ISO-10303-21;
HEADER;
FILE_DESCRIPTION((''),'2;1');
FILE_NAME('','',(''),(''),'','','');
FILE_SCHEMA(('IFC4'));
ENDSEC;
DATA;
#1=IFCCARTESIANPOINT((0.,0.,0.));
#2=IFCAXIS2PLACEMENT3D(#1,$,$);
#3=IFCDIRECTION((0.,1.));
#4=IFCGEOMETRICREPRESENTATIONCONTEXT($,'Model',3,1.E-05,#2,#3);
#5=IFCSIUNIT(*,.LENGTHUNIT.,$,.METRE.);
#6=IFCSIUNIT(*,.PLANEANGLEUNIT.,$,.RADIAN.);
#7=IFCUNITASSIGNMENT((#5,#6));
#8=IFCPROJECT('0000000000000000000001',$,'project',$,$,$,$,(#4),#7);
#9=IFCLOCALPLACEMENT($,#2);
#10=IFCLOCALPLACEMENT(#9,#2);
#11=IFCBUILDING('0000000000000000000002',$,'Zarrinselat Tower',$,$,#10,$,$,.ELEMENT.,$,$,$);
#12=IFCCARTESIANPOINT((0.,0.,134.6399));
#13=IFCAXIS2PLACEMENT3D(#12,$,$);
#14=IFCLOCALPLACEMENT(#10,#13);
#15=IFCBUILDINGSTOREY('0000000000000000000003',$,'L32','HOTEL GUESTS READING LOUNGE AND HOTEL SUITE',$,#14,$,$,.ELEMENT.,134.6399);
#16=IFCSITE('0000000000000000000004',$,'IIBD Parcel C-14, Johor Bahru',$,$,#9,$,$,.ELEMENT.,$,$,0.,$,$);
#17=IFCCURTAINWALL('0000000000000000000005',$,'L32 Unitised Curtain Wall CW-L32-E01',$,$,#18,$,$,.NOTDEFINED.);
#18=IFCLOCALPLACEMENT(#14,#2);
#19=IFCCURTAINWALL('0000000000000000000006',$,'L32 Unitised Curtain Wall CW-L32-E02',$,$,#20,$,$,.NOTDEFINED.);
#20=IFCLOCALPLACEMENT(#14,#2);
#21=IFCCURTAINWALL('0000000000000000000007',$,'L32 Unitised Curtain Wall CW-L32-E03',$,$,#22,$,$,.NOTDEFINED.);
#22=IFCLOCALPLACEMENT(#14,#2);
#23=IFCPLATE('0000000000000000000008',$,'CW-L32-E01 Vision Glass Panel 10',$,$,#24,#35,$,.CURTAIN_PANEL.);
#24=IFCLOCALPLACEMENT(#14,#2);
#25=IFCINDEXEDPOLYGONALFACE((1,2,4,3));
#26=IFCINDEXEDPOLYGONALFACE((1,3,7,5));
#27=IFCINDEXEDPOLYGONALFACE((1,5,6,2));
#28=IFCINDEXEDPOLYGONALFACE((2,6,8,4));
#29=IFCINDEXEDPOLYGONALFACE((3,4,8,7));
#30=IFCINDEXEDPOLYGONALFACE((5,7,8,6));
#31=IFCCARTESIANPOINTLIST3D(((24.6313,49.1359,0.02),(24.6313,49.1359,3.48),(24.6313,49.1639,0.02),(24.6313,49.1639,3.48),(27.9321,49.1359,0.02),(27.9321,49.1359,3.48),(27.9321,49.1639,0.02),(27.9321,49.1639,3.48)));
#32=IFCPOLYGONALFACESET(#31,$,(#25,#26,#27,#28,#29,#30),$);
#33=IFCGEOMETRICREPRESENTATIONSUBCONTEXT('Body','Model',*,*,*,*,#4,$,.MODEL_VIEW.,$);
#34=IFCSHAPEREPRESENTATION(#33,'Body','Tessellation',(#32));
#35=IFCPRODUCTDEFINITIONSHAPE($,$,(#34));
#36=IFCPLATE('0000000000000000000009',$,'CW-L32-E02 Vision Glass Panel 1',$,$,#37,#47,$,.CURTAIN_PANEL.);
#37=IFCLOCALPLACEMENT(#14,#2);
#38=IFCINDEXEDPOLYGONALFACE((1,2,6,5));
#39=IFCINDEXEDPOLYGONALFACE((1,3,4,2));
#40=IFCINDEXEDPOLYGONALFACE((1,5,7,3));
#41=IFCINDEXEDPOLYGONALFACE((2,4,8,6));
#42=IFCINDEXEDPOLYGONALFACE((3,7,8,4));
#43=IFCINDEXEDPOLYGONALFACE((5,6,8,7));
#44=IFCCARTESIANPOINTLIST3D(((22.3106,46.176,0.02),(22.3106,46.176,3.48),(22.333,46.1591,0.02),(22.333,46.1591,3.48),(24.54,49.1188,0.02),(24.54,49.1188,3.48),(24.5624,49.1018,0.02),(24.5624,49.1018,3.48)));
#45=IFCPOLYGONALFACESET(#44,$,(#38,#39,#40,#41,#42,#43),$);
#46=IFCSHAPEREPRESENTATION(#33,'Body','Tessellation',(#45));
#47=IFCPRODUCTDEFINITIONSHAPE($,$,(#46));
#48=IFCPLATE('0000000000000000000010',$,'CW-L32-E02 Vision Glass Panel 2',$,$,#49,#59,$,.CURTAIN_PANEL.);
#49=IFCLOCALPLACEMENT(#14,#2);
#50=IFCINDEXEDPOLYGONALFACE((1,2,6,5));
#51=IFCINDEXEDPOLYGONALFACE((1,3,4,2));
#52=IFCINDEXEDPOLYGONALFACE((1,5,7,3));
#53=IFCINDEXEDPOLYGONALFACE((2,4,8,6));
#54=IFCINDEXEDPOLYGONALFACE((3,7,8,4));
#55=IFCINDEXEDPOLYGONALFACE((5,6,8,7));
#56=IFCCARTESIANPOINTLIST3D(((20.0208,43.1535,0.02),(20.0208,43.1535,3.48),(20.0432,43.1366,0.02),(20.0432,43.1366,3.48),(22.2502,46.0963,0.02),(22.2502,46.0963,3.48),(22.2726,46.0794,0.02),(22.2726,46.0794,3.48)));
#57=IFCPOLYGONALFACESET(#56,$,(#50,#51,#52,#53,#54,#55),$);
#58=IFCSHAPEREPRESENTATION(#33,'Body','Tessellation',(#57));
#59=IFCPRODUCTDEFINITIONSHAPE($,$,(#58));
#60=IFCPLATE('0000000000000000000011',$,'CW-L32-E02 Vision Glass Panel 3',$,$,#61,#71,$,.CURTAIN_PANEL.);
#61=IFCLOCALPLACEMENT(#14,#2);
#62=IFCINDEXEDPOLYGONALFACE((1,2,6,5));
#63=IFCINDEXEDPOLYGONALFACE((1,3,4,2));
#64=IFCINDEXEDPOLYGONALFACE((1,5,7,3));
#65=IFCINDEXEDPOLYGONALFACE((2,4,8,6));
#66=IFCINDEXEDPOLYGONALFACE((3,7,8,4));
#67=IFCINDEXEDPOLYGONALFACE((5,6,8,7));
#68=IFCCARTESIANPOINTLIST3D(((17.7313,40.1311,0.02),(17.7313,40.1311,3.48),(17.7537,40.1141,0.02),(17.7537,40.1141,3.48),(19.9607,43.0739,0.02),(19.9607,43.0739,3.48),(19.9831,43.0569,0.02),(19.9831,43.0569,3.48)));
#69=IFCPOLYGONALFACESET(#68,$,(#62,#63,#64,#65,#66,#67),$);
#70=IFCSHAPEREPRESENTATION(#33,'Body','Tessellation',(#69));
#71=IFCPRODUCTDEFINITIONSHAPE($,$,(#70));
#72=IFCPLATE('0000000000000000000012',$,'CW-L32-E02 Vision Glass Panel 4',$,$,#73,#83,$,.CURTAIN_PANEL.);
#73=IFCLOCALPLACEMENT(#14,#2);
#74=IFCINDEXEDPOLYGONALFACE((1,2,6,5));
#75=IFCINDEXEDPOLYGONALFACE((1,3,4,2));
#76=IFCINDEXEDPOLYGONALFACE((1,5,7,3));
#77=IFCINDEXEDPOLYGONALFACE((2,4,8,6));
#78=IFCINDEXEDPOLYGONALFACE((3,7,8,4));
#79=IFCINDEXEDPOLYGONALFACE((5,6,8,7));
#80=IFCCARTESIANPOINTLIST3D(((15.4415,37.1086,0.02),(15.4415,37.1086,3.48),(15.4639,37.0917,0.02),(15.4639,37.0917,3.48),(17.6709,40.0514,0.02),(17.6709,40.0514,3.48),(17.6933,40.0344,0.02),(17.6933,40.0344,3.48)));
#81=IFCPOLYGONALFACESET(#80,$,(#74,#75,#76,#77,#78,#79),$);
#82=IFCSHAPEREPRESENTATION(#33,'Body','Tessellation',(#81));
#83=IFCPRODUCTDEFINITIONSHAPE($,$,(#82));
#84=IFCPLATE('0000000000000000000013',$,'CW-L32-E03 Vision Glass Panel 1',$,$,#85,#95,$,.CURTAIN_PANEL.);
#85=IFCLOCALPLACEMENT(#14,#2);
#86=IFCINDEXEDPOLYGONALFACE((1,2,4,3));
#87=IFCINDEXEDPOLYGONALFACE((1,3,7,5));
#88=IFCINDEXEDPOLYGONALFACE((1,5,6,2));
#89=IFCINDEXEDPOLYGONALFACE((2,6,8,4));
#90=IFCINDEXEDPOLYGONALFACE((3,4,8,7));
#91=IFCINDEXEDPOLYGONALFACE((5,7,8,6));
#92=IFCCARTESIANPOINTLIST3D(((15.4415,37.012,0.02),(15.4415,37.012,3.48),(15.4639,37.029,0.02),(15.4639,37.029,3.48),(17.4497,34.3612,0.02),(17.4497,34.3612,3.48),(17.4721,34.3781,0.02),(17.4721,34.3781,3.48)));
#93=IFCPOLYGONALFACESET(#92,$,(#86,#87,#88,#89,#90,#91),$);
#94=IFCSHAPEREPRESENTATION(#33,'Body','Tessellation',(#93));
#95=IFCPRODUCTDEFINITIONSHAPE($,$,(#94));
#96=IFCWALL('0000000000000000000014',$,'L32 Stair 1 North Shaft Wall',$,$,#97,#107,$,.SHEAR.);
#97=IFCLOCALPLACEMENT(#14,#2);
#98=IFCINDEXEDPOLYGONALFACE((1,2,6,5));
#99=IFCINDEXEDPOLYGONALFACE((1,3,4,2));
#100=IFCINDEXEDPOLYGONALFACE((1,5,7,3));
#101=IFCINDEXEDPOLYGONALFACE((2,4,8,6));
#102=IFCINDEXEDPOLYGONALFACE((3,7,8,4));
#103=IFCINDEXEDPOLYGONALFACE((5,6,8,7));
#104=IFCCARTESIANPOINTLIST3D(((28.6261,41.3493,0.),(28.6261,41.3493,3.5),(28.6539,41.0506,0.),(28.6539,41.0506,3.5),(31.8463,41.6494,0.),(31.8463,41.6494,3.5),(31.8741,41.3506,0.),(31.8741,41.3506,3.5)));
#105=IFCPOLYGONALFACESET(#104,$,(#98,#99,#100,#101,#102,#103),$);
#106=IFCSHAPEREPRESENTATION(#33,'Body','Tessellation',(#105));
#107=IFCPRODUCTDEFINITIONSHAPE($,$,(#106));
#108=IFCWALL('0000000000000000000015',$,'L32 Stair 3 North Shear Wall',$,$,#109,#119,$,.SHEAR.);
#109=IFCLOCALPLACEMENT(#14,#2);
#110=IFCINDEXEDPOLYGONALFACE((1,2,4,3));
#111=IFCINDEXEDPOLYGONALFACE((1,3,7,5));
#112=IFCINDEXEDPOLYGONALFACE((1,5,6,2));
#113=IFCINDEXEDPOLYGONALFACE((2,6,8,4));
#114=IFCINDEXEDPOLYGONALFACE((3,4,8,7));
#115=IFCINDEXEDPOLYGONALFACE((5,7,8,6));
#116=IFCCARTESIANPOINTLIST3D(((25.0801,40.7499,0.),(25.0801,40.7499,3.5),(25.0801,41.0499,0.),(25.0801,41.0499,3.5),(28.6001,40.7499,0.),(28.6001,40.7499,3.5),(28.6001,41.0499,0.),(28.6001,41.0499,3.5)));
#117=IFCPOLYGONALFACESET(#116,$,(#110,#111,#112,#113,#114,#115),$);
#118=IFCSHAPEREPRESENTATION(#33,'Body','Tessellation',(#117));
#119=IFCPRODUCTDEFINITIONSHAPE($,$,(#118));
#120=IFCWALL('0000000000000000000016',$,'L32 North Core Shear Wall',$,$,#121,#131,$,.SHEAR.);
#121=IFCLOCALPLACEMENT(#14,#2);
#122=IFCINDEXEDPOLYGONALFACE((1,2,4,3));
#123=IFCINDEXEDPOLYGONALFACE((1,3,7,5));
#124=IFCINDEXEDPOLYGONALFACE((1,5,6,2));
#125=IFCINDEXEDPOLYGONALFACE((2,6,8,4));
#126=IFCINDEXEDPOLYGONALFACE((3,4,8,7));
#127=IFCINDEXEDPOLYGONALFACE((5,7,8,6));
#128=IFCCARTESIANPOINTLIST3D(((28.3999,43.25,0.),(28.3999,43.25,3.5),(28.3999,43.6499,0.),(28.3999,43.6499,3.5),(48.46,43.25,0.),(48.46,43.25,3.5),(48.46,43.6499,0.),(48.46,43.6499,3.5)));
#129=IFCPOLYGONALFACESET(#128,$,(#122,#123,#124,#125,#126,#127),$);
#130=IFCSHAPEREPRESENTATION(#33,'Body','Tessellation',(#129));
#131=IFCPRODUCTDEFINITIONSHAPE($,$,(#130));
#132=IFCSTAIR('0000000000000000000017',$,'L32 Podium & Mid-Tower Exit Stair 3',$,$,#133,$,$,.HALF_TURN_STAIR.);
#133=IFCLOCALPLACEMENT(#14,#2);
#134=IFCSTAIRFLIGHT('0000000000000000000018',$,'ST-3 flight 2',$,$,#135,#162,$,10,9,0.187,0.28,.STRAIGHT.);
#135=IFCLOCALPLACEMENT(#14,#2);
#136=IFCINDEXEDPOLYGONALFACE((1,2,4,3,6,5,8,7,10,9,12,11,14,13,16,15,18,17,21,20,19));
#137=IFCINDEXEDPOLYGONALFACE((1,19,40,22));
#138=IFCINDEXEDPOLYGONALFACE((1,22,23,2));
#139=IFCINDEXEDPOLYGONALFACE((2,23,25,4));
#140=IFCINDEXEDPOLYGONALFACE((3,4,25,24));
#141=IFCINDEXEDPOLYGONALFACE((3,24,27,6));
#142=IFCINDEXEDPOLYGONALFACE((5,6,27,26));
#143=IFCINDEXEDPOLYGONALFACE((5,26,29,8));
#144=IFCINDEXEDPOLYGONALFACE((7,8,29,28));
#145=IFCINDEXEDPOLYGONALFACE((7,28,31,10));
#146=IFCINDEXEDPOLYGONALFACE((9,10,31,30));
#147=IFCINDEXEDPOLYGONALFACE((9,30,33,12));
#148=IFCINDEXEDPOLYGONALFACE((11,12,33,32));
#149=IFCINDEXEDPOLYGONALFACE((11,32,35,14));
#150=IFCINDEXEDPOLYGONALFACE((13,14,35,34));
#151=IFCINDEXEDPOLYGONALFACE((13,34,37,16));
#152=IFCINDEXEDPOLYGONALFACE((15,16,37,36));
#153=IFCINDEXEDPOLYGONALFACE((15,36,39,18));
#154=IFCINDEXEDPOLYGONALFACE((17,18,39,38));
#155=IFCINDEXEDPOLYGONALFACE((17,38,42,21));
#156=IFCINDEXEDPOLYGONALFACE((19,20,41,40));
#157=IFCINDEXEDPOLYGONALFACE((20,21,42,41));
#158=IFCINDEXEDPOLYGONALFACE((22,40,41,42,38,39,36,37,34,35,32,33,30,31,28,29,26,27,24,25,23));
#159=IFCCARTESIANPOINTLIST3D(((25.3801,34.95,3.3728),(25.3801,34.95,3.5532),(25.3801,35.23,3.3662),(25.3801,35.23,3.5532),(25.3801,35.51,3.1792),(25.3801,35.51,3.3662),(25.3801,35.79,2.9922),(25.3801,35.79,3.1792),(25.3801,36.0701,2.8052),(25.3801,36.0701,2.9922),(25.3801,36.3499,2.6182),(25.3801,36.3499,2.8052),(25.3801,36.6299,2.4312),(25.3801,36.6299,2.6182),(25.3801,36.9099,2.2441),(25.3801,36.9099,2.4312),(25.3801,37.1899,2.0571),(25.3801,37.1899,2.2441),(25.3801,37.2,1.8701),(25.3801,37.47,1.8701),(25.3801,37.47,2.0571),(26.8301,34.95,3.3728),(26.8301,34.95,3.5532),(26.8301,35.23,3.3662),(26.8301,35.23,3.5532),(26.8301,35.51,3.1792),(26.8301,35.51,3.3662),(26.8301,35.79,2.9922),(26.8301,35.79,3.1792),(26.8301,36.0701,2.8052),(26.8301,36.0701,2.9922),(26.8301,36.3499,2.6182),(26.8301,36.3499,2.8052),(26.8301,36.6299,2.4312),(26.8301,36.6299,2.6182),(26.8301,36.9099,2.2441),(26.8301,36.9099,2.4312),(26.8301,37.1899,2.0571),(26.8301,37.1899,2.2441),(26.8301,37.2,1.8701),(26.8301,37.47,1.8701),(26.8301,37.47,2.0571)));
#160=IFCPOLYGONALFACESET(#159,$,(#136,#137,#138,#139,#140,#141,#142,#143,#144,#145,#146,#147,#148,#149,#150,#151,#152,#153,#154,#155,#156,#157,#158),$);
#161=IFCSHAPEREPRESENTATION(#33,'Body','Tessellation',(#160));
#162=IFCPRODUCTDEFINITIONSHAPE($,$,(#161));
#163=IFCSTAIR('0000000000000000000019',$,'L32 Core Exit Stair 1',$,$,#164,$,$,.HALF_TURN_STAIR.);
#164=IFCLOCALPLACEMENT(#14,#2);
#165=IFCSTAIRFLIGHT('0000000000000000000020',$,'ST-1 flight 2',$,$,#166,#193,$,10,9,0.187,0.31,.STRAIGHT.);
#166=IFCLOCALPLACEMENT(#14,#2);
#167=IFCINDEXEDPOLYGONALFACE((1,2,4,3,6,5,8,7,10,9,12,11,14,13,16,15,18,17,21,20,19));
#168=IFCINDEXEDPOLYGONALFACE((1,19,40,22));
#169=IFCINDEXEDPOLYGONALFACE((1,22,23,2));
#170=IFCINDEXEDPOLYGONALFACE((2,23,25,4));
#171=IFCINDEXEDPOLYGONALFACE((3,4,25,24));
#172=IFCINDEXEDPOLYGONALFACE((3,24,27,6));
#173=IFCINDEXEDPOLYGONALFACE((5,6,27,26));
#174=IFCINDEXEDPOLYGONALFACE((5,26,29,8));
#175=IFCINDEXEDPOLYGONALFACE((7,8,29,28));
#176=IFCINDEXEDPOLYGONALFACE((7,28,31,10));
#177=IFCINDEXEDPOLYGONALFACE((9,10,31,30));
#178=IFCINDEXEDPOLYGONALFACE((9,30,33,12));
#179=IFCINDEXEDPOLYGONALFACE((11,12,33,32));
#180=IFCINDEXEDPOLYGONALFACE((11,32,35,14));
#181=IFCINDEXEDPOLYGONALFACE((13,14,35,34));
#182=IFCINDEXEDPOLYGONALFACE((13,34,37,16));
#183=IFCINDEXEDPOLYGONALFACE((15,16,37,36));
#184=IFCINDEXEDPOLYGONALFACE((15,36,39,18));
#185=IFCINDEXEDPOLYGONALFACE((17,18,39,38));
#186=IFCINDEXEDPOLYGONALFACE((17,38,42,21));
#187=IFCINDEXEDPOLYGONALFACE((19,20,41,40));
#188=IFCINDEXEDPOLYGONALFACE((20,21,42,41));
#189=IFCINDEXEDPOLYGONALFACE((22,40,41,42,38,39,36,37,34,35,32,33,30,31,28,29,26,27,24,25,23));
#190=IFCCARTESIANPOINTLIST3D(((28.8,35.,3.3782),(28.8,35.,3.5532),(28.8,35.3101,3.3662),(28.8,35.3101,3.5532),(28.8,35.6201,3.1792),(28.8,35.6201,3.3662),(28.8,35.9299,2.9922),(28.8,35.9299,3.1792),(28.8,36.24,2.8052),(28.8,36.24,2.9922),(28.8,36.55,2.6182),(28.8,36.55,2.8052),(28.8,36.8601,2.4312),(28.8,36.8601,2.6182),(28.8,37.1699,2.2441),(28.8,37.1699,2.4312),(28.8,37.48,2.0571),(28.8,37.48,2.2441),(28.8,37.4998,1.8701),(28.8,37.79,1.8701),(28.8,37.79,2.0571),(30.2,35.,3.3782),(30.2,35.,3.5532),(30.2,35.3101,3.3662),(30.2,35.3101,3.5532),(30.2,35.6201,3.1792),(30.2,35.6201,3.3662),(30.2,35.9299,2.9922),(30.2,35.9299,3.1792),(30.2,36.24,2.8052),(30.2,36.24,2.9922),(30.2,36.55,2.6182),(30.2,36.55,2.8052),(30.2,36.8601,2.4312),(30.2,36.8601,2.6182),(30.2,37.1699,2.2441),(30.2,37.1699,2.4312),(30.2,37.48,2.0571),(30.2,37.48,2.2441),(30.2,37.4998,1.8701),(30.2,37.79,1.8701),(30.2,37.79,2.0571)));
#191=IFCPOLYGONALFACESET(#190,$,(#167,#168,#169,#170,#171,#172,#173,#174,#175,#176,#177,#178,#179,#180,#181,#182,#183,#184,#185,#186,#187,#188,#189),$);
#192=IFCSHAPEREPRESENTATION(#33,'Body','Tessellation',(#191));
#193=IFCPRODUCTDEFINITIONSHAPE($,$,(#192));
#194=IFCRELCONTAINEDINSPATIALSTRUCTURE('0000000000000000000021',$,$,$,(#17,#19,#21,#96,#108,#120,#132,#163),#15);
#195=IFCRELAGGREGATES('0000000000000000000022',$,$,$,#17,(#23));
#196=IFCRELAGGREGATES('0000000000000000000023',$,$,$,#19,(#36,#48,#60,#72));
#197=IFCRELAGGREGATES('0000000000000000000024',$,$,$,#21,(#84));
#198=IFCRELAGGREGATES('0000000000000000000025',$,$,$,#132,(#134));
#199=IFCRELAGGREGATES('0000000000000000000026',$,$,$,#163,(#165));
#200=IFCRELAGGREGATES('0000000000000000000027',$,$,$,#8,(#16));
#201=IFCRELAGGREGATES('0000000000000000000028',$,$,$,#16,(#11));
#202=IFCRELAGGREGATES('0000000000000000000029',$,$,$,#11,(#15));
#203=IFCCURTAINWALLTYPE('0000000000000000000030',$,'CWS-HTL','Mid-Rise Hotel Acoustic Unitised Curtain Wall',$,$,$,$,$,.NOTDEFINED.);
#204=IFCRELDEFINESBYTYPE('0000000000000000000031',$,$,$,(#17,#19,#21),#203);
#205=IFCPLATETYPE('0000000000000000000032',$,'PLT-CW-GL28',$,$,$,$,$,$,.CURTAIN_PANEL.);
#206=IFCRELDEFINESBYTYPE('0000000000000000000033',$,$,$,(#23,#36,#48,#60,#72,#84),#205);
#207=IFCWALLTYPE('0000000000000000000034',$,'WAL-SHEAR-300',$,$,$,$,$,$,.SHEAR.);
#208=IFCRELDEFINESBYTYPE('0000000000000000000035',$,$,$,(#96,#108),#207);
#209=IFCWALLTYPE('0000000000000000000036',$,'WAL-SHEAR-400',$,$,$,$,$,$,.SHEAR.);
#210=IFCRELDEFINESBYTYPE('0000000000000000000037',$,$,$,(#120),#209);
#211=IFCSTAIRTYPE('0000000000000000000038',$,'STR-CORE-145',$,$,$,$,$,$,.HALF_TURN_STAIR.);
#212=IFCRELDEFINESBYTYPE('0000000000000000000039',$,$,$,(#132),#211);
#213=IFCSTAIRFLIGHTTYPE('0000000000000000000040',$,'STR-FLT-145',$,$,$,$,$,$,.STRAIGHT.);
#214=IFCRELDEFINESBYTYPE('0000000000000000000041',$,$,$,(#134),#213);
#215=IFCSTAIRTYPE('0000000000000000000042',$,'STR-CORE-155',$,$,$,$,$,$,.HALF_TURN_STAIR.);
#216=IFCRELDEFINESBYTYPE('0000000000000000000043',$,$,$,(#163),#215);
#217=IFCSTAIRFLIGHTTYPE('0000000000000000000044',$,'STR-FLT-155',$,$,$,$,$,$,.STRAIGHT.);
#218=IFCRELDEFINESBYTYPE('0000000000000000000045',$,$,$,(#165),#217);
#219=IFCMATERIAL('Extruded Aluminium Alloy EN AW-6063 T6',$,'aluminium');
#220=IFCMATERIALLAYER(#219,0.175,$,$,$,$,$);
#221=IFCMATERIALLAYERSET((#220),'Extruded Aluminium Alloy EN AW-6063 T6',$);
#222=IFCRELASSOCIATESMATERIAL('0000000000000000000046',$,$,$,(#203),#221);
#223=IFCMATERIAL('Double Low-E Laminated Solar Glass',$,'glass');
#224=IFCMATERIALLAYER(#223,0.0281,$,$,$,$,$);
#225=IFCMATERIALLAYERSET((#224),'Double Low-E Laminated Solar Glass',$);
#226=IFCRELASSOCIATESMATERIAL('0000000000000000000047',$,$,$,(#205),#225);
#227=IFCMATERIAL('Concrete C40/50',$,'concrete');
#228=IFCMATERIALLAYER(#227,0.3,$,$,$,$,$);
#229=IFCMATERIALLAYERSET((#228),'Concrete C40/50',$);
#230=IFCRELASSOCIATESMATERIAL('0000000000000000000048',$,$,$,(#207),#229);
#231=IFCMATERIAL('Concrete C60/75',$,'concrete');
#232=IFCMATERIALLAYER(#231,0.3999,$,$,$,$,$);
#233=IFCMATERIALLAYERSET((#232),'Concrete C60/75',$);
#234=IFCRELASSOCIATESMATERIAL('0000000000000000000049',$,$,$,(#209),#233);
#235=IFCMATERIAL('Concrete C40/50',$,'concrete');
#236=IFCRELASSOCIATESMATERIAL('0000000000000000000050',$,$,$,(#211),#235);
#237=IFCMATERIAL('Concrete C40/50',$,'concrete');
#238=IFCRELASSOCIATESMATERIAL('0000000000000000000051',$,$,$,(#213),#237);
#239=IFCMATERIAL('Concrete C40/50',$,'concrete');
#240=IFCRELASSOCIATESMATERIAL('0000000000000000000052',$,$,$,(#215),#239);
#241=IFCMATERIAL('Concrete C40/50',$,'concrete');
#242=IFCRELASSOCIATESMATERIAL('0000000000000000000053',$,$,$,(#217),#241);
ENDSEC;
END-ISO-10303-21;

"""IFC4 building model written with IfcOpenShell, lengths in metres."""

from ifc_helpers import new_model, si_unit, direction, frame, frame_2d, origin, origin_2d, place, context, subcontext, project, spatial, polyline, rectangle, outline, extrude, material, layer, layer_set, type_object, element, aggregate, save


model = new_model("IFC4")

# Units and contexts
model_context = context("Model", 3, precision=1e-05, world=origin(), true_north=direction((0.0, 1.0)))
body_context = subcontext(model_context, "Body", "Model", "MODEL_VIEW")
ifc_project = project(units=[si_unit("LENGTHUNIT", "METRE"), si_unit("PLANEANGLEUNIT", "RADIAN")], contexts=[model_context])

# Site, building, storey
site_placement = place(None, origin())
site = spatial("IfcSite", under=ifc_project, at=site_placement, Name="IIBD Parcel C-14, Johor Bahru", CompositionType="ELEMENT", RefElevation=0.0)
building_placement = place(site_placement, origin())
building = spatial("IfcBuilding", under=site, at=building_placement, Name="Zarrinselat Tower", CompositionType="ELEMENT")
storey_placement = place(building_placement, frame((0.0, 0.0, 134.6399)))
storey = spatial("IfcBuildingStorey", under=building, at=storey_placement, Name="L32", Description="HOTEL GUESTS READING LOUNGE AND HOTEL SUITE", CompositionType="ELEMENT", Elevation=134.6399)

# Curtain walls
ifc_material_1 = material(Name="Extruded Aluminium Alloy EN AW-6063 T6", Category="aluminium")
ifc_layer_1 = layer(ifc_material_1, 0.175)
ifc_layer_set_1 = layer_set([ifc_layer_1], Name="Extruded Aluminium Alloy EN AW-6063 T6")
curtain_wall_type = type_object("IfcCurtainWallType", Name="CWS-HTL", Description="Mid-Rise Hotel Acoustic Unitised Curtain Wall", PredefinedType="NOTDEFINED", material=ifc_layer_set_1)
curtain_wall_1_placement = place(storey_placement, origin())
curtain_wall_1 = element("IfcCurtainWall", 1, at=curtain_wall_1_placement, inside=storey, type_object=curtain_wall_type, Name="L32 Unitised Curtain Wall CW-L32-E01", PredefinedType="NOTDEFINED")
curtain_wall_2_placement = place(storey_placement, origin())
curtain_wall_2 = element("IfcCurtainWall", 2, at=curtain_wall_2_placement, inside=storey, type_object=curtain_wall_type, Name="L32 Unitised Curtain Wall CW-L32-E02", PredefinedType="NOTDEFINED")

# Curtain wall
curtain_wall_3_placement = place(storey_placement, origin())
curtain_wall_3 = element("IfcCurtainWall", 3, at=curtain_wall_3_placement, inside=storey, type_object=curtain_wall_type, Name="L32 Unitised Curtain Wall CW-L32-E03", PredefinedType="NOTDEFINED")

# Plates
ifc_material_2 = material(Name="Double Low-E Laminated Solar Glass", Category="glass")
ifc_layer_2 = layer(ifc_material_2, 0.0281)
ifc_layer_set_2 = layer_set([ifc_layer_2], Name="Double Low-E Laminated Solar Glass")
plate_type = type_object("IfcPlateType", Name="PLT-CW-GL28", PredefinedType="CURTAIN_PANEL", material=ifc_layer_set_2)
plate_1_placement = place(storey_placement, frame((26.2817, 49.1499, 0.02), z_axis=(0.0, 0.0, 1.0), x_axis=(-1.0, 0.0, 0.0)))
plate_1 = element("IfcPlate", 4, at=plate_1_placement, type_object=plate_type, Name="CW-L32-E01 Vision Glass Panel 10", PredefinedType="CURTAIN_PANEL", context=body_context, shape_type="SweptSolid", body=[
    extrude(rectangle(XDim=3.3008, YDim=0.0281, at=origin_2d()), origin(), (0.0, 0.0, 1.0), 3.46),
])
aggregate(curtain_wall_1, [plate_1])
plate_2_placement = place(storey_placement, frame((23.4365, 47.6389, 0.02), z_axis=(0.0, 0.0, 1.0), x_axis=(-0.603859, -0.797091, 0.0)))
plate_2 = element("IfcPlate", 5, at=plate_2_placement, type_object=plate_type, Name="CW-L32-E02 Vision Glass Panel 1", PredefinedType="CURTAIN_PANEL", context=body_context, shape_type="SweptSolid", body=[
    extrude(rectangle(XDim=3.6919, YDim=0.0281, at=origin_2d()), origin(), (0.0, 0.0, 1.0), 3.46),
])
plate_3_placement = place(storey_placement, frame((21.1467, 44.6165, 0.02), z_axis=(0.0, 0.0, 1.0), x_axis=(-0.603859, -0.797091, 0.0)))
plate_3 = element("IfcPlate", 6, at=plate_3_placement, type_object=plate_type, Name="CW-L32-E02 Vision Glass Panel 2", PredefinedType="CURTAIN_PANEL", context=body_context, shape_type="SweptSolid", body=[
    extrude(rectangle(XDim=3.6919, YDim=0.0281, at=origin_2d()), origin(), (0.0, 0.0, 1.0), 3.46),
])
plate_4_placement = place(storey_placement, frame((18.8572, 41.594, 0.02), z_axis=(0.0, 0.0, 1.0), x_axis=(-0.603859, -0.797091, 0.0)))
plate_4 = element("IfcPlate", 7, at=plate_4_placement, type_object=plate_type, Name="CW-L32-E02 Vision Glass Panel 3", PredefinedType="CURTAIN_PANEL", context=body_context, shape_type="SweptSolid", body=[
    extrude(rectangle(XDim=3.6919, YDim=0.0281, at=origin_2d()), origin(), (0.0, 0.0, 1.0), 3.46),
])
plate_5_placement = place(storey_placement, frame((16.5674, 38.5715, 0.02), z_axis=(0.0, 0.0, 1.0), x_axis=(-0.603859, -0.797091, 0.0)))
plate_5 = element("IfcPlate", 8, at=plate_5_placement, type_object=plate_type, Name="CW-L32-E02 Vision Glass Panel 4", PredefinedType="CURTAIN_PANEL", context=body_context, shape_type="SweptSolid", body=[
    extrude(rectangle(XDim=3.6919, YDim=0.0281, at=origin_2d()), origin(), (0.0, 0.0, 1.0), 3.46),
])
aggregate(curtain_wall_2, [plate_2, plate_3, plate_4, plate_5])
plate_6_placement = place(storey_placement, frame((16.4568, 35.6951, 0.02), z_axis=(0.0, 0.0, 1.0), x_axis=(0.603856, -0.797094, 0.0)))
plate_6 = element("IfcPlate", 9, at=plate_6_placement, type_object=plate_type, Name="CW-L32-E03 Vision Glass Panel 1", PredefinedType="CURTAIN_PANEL", context=body_context, shape_type="SweptSolid", body=[
    extrude(rectangle(XDim=3.3257, YDim=0.0281, at=origin_2d()), origin(), (0.0, 0.0, 1.0), 3.46),
])
aggregate(curtain_wall_3, [plate_6])

# Walls
ifc_material_3 = material(Name="Concrete C40/50", Category="concrete")
ifc_layer_3 = layer(ifc_material_3, 0.3)
ifc_layer_set_3 = layer_set([ifc_layer_3], Name="Concrete C40/50")
wall_type_1 = type_object("IfcWallType", Name="WAL-SHEAR-300", PredefinedType="SHEAR", material=ifc_layer_set_3)
wall_1_placement = place(storey_placement, frame((28.6399, 41.2, 0.0), z_axis=(0.0, 0.0, 1.0), x_axis=(0.995687, 0.092775, 0.0)))
element("IfcWall", 10, at=wall_1_placement, inside=storey, type_object=wall_type_1, Name="L32 Stair 1 North Shaft Wall", PredefinedType="SHEAR", context=body_context, shape_type="SweptSolid", body=[
    extrude(rectangle(XDim=3.2341, YDim=0.3, at=frame_2d((1.6172, 0.0))), origin(), (0.0, 0.0, 1.0), 3.5),
])
wall_2_placement = place(storey_placement, frame((25.0801, 40.8999, 0.0), z_axis=(0.0, 0.0, 1.0), x_axis=(1.0, 0.0, 0.0)))
element("IfcWall", 11, at=wall_2_placement, inside=storey, type_object=wall_type_1, Name="L32 Stair 3 North Shear Wall", PredefinedType="SHEAR", context=body_context, shape_type="SweptSolid", body=[
    extrude(rectangle(XDim=3.52, YDim=0.3, at=frame_2d((1.76, 0.0))), origin(), (0.0, 0.0, 1.0), 3.5),
])
ifc_material_4 = material(Name="Concrete C60/75", Category="concrete")
ifc_layer_4 = layer(ifc_material_4, 0.3999)
ifc_layer_set_4 = layer_set([ifc_layer_4], Name="Concrete C60/75")
wall_type_2 = type_object("IfcWallType", Name="WAL-SHEAR-400", PredefinedType="SHEAR", material=ifc_layer_set_4)
wall_3_placement = place(storey_placement, frame((28.3999, 43.45, 0.0), z_axis=(0.0, 0.0, 1.0), x_axis=(1.0, 0.0, 0.0)))
element("IfcWall", 12, at=wall_3_placement, inside=storey, type_object=wall_type_2, Name="L32 North Core Shear Wall", PredefinedType="SHEAR", context=body_context, shape_type="SweptSolid", body=[
    extrude(rectangle(XDim=20.0601, YDim=0.3999, at=frame_2d((10.03, 0.0))), origin(), (0.0, 0.0, 1.0), 3.5),
])

# Stairs, stair flights
ifc_material_5 = material(Name="Concrete C40/50", Category="concrete")
stair_type_1 = type_object("IfcStairType", Name="STR-CORE-145", PredefinedType="HALF_TURN_STAIR", material=ifc_material_5)
stair_1_placement = place(storey_placement, origin())
stair_1 = element("IfcStair", 13, at=stair_1_placement, inside=storey, type_object=stair_type_1, Name="L32 Podium & Mid-Tower Exit Stair 3", PredefinedType="HALF_TURN_STAIR")
ifc_material_6 = material(Name="Concrete C40/50", Category="concrete")
stair_flight_type_1 = type_object("IfcStairFlightType", Name="STR-FLT-145", PredefinedType="STRAIGHT", material=ifc_material_6)
stair_flight_1_placement = place(storey_placement, frame((26.105, 37.47, 1.8701), z_axis=(0.0, 0.0, 1.0), x_axis=(0.0, -1.0, 0.0)))
stair_flight_1 = element("IfcStairFlight", 14, at=stair_flight_1_placement, type_object=stair_flight_type_1, Name="ST-3 flight 2", NumberOfRisers=10, NumberOfTreads=9, PredefinedType="STRAIGHT", RiserHeight=0.187, TreadLength=0.28, context=body_context, shape_type="SweptSolid", body=[
    extrude(outline(polyline([(0.0, 0.0), (0.0, 0.187), (0.28, 0.187), (0.28, 0.374), (0.5601, 0.374), (0.5601, 0.561), (0.8401, 0.561), (0.8401, 0.748), (1.1201, 0.748), (1.1201, 0.9351), (1.3999, 0.9351), (1.3999, 1.1221), (1.6799, 1.1221), (1.6799, 1.3091), (1.96, 1.3091), (1.96, 1.4961), (2.24, 1.4961), (2.24, 1.6831), (2.52, 1.6831), (2.52, 1.8701), (2.52, 1.5027), (0.27, 0.0), (0.0, 0.0)])), frame((0.0, 0.7251, 0.0), z_axis=(0.0, -1.0, 0.0), x_axis=(1.0, 0.0, 0.0)), (0.0, 0.0, 1.0), 1.45),
])
aggregate(stair_1, [stair_flight_1])
ifc_material_7 = material(Name="Concrete C40/50", Category="concrete")
stair_type_2 = type_object("IfcStairType", Name="STR-CORE-155", PredefinedType="HALF_TURN_STAIR", material=ifc_material_7)
stair_2_placement = place(storey_placement, origin())
stair_2 = element("IfcStair", 15, at=stair_2_placement, inside=storey, type_object=stair_type_2, Name="L32 Core Exit Stair 1", PredefinedType="HALF_TURN_STAIR")
ifc_material_8 = material(Name="Concrete C40/50", Category="concrete")
stair_flight_type_2 = type_object("IfcStairFlightType", Name="STR-FLT-155", PredefinedType="STRAIGHT", material=ifc_material_8)
stair_flight_2_placement = place(storey_placement, frame((29.5, 37.79, 1.8701), z_axis=(0.0, 0.0, 1.0), x_axis=(0.0, -1.0, 0.0)))
stair_flight_2 = element("IfcStairFlight", 16, at=stair_flight_2_placement, type_object=stair_flight_type_2, Name="ST-1 flight 2", NumberOfRisers=10, NumberOfTreads=9, PredefinedType="STRAIGHT", RiserHeight=0.187, TreadLength=0.31, context=body_context, shape_type="SweptSolid", body=[
    extrude(outline(polyline([(0.0, 0.0), (0.0, 0.187), (0.3101, 0.187), (0.3101, 0.374), (0.6201, 0.374), (0.6201, 0.561), (0.9299, 0.561), (0.9299, 0.748), (1.24, 0.748), (1.24, 0.9351), (1.55, 0.9351), (1.55, 1.1221), (1.8601, 1.1221), (1.8601, 1.3091), (2.1699, 1.3091), (2.1699, 1.4961), (2.48, 1.4961), (2.48, 1.6831), (2.79, 1.6831), (2.79, 1.8701), (2.79, 1.5081), (0.2903, 0.0), (0.0, 0.0)])), frame((0.0, 0.7, 0.0), z_axis=(0.0, -1.0, 0.0), x_axis=(1.0, 0.0, 0.0)), (0.0, 0.0, 1.0), 1.3999),
])
aggregate(stair_2, [stair_flight_2])

save(model, "model.ifc")
